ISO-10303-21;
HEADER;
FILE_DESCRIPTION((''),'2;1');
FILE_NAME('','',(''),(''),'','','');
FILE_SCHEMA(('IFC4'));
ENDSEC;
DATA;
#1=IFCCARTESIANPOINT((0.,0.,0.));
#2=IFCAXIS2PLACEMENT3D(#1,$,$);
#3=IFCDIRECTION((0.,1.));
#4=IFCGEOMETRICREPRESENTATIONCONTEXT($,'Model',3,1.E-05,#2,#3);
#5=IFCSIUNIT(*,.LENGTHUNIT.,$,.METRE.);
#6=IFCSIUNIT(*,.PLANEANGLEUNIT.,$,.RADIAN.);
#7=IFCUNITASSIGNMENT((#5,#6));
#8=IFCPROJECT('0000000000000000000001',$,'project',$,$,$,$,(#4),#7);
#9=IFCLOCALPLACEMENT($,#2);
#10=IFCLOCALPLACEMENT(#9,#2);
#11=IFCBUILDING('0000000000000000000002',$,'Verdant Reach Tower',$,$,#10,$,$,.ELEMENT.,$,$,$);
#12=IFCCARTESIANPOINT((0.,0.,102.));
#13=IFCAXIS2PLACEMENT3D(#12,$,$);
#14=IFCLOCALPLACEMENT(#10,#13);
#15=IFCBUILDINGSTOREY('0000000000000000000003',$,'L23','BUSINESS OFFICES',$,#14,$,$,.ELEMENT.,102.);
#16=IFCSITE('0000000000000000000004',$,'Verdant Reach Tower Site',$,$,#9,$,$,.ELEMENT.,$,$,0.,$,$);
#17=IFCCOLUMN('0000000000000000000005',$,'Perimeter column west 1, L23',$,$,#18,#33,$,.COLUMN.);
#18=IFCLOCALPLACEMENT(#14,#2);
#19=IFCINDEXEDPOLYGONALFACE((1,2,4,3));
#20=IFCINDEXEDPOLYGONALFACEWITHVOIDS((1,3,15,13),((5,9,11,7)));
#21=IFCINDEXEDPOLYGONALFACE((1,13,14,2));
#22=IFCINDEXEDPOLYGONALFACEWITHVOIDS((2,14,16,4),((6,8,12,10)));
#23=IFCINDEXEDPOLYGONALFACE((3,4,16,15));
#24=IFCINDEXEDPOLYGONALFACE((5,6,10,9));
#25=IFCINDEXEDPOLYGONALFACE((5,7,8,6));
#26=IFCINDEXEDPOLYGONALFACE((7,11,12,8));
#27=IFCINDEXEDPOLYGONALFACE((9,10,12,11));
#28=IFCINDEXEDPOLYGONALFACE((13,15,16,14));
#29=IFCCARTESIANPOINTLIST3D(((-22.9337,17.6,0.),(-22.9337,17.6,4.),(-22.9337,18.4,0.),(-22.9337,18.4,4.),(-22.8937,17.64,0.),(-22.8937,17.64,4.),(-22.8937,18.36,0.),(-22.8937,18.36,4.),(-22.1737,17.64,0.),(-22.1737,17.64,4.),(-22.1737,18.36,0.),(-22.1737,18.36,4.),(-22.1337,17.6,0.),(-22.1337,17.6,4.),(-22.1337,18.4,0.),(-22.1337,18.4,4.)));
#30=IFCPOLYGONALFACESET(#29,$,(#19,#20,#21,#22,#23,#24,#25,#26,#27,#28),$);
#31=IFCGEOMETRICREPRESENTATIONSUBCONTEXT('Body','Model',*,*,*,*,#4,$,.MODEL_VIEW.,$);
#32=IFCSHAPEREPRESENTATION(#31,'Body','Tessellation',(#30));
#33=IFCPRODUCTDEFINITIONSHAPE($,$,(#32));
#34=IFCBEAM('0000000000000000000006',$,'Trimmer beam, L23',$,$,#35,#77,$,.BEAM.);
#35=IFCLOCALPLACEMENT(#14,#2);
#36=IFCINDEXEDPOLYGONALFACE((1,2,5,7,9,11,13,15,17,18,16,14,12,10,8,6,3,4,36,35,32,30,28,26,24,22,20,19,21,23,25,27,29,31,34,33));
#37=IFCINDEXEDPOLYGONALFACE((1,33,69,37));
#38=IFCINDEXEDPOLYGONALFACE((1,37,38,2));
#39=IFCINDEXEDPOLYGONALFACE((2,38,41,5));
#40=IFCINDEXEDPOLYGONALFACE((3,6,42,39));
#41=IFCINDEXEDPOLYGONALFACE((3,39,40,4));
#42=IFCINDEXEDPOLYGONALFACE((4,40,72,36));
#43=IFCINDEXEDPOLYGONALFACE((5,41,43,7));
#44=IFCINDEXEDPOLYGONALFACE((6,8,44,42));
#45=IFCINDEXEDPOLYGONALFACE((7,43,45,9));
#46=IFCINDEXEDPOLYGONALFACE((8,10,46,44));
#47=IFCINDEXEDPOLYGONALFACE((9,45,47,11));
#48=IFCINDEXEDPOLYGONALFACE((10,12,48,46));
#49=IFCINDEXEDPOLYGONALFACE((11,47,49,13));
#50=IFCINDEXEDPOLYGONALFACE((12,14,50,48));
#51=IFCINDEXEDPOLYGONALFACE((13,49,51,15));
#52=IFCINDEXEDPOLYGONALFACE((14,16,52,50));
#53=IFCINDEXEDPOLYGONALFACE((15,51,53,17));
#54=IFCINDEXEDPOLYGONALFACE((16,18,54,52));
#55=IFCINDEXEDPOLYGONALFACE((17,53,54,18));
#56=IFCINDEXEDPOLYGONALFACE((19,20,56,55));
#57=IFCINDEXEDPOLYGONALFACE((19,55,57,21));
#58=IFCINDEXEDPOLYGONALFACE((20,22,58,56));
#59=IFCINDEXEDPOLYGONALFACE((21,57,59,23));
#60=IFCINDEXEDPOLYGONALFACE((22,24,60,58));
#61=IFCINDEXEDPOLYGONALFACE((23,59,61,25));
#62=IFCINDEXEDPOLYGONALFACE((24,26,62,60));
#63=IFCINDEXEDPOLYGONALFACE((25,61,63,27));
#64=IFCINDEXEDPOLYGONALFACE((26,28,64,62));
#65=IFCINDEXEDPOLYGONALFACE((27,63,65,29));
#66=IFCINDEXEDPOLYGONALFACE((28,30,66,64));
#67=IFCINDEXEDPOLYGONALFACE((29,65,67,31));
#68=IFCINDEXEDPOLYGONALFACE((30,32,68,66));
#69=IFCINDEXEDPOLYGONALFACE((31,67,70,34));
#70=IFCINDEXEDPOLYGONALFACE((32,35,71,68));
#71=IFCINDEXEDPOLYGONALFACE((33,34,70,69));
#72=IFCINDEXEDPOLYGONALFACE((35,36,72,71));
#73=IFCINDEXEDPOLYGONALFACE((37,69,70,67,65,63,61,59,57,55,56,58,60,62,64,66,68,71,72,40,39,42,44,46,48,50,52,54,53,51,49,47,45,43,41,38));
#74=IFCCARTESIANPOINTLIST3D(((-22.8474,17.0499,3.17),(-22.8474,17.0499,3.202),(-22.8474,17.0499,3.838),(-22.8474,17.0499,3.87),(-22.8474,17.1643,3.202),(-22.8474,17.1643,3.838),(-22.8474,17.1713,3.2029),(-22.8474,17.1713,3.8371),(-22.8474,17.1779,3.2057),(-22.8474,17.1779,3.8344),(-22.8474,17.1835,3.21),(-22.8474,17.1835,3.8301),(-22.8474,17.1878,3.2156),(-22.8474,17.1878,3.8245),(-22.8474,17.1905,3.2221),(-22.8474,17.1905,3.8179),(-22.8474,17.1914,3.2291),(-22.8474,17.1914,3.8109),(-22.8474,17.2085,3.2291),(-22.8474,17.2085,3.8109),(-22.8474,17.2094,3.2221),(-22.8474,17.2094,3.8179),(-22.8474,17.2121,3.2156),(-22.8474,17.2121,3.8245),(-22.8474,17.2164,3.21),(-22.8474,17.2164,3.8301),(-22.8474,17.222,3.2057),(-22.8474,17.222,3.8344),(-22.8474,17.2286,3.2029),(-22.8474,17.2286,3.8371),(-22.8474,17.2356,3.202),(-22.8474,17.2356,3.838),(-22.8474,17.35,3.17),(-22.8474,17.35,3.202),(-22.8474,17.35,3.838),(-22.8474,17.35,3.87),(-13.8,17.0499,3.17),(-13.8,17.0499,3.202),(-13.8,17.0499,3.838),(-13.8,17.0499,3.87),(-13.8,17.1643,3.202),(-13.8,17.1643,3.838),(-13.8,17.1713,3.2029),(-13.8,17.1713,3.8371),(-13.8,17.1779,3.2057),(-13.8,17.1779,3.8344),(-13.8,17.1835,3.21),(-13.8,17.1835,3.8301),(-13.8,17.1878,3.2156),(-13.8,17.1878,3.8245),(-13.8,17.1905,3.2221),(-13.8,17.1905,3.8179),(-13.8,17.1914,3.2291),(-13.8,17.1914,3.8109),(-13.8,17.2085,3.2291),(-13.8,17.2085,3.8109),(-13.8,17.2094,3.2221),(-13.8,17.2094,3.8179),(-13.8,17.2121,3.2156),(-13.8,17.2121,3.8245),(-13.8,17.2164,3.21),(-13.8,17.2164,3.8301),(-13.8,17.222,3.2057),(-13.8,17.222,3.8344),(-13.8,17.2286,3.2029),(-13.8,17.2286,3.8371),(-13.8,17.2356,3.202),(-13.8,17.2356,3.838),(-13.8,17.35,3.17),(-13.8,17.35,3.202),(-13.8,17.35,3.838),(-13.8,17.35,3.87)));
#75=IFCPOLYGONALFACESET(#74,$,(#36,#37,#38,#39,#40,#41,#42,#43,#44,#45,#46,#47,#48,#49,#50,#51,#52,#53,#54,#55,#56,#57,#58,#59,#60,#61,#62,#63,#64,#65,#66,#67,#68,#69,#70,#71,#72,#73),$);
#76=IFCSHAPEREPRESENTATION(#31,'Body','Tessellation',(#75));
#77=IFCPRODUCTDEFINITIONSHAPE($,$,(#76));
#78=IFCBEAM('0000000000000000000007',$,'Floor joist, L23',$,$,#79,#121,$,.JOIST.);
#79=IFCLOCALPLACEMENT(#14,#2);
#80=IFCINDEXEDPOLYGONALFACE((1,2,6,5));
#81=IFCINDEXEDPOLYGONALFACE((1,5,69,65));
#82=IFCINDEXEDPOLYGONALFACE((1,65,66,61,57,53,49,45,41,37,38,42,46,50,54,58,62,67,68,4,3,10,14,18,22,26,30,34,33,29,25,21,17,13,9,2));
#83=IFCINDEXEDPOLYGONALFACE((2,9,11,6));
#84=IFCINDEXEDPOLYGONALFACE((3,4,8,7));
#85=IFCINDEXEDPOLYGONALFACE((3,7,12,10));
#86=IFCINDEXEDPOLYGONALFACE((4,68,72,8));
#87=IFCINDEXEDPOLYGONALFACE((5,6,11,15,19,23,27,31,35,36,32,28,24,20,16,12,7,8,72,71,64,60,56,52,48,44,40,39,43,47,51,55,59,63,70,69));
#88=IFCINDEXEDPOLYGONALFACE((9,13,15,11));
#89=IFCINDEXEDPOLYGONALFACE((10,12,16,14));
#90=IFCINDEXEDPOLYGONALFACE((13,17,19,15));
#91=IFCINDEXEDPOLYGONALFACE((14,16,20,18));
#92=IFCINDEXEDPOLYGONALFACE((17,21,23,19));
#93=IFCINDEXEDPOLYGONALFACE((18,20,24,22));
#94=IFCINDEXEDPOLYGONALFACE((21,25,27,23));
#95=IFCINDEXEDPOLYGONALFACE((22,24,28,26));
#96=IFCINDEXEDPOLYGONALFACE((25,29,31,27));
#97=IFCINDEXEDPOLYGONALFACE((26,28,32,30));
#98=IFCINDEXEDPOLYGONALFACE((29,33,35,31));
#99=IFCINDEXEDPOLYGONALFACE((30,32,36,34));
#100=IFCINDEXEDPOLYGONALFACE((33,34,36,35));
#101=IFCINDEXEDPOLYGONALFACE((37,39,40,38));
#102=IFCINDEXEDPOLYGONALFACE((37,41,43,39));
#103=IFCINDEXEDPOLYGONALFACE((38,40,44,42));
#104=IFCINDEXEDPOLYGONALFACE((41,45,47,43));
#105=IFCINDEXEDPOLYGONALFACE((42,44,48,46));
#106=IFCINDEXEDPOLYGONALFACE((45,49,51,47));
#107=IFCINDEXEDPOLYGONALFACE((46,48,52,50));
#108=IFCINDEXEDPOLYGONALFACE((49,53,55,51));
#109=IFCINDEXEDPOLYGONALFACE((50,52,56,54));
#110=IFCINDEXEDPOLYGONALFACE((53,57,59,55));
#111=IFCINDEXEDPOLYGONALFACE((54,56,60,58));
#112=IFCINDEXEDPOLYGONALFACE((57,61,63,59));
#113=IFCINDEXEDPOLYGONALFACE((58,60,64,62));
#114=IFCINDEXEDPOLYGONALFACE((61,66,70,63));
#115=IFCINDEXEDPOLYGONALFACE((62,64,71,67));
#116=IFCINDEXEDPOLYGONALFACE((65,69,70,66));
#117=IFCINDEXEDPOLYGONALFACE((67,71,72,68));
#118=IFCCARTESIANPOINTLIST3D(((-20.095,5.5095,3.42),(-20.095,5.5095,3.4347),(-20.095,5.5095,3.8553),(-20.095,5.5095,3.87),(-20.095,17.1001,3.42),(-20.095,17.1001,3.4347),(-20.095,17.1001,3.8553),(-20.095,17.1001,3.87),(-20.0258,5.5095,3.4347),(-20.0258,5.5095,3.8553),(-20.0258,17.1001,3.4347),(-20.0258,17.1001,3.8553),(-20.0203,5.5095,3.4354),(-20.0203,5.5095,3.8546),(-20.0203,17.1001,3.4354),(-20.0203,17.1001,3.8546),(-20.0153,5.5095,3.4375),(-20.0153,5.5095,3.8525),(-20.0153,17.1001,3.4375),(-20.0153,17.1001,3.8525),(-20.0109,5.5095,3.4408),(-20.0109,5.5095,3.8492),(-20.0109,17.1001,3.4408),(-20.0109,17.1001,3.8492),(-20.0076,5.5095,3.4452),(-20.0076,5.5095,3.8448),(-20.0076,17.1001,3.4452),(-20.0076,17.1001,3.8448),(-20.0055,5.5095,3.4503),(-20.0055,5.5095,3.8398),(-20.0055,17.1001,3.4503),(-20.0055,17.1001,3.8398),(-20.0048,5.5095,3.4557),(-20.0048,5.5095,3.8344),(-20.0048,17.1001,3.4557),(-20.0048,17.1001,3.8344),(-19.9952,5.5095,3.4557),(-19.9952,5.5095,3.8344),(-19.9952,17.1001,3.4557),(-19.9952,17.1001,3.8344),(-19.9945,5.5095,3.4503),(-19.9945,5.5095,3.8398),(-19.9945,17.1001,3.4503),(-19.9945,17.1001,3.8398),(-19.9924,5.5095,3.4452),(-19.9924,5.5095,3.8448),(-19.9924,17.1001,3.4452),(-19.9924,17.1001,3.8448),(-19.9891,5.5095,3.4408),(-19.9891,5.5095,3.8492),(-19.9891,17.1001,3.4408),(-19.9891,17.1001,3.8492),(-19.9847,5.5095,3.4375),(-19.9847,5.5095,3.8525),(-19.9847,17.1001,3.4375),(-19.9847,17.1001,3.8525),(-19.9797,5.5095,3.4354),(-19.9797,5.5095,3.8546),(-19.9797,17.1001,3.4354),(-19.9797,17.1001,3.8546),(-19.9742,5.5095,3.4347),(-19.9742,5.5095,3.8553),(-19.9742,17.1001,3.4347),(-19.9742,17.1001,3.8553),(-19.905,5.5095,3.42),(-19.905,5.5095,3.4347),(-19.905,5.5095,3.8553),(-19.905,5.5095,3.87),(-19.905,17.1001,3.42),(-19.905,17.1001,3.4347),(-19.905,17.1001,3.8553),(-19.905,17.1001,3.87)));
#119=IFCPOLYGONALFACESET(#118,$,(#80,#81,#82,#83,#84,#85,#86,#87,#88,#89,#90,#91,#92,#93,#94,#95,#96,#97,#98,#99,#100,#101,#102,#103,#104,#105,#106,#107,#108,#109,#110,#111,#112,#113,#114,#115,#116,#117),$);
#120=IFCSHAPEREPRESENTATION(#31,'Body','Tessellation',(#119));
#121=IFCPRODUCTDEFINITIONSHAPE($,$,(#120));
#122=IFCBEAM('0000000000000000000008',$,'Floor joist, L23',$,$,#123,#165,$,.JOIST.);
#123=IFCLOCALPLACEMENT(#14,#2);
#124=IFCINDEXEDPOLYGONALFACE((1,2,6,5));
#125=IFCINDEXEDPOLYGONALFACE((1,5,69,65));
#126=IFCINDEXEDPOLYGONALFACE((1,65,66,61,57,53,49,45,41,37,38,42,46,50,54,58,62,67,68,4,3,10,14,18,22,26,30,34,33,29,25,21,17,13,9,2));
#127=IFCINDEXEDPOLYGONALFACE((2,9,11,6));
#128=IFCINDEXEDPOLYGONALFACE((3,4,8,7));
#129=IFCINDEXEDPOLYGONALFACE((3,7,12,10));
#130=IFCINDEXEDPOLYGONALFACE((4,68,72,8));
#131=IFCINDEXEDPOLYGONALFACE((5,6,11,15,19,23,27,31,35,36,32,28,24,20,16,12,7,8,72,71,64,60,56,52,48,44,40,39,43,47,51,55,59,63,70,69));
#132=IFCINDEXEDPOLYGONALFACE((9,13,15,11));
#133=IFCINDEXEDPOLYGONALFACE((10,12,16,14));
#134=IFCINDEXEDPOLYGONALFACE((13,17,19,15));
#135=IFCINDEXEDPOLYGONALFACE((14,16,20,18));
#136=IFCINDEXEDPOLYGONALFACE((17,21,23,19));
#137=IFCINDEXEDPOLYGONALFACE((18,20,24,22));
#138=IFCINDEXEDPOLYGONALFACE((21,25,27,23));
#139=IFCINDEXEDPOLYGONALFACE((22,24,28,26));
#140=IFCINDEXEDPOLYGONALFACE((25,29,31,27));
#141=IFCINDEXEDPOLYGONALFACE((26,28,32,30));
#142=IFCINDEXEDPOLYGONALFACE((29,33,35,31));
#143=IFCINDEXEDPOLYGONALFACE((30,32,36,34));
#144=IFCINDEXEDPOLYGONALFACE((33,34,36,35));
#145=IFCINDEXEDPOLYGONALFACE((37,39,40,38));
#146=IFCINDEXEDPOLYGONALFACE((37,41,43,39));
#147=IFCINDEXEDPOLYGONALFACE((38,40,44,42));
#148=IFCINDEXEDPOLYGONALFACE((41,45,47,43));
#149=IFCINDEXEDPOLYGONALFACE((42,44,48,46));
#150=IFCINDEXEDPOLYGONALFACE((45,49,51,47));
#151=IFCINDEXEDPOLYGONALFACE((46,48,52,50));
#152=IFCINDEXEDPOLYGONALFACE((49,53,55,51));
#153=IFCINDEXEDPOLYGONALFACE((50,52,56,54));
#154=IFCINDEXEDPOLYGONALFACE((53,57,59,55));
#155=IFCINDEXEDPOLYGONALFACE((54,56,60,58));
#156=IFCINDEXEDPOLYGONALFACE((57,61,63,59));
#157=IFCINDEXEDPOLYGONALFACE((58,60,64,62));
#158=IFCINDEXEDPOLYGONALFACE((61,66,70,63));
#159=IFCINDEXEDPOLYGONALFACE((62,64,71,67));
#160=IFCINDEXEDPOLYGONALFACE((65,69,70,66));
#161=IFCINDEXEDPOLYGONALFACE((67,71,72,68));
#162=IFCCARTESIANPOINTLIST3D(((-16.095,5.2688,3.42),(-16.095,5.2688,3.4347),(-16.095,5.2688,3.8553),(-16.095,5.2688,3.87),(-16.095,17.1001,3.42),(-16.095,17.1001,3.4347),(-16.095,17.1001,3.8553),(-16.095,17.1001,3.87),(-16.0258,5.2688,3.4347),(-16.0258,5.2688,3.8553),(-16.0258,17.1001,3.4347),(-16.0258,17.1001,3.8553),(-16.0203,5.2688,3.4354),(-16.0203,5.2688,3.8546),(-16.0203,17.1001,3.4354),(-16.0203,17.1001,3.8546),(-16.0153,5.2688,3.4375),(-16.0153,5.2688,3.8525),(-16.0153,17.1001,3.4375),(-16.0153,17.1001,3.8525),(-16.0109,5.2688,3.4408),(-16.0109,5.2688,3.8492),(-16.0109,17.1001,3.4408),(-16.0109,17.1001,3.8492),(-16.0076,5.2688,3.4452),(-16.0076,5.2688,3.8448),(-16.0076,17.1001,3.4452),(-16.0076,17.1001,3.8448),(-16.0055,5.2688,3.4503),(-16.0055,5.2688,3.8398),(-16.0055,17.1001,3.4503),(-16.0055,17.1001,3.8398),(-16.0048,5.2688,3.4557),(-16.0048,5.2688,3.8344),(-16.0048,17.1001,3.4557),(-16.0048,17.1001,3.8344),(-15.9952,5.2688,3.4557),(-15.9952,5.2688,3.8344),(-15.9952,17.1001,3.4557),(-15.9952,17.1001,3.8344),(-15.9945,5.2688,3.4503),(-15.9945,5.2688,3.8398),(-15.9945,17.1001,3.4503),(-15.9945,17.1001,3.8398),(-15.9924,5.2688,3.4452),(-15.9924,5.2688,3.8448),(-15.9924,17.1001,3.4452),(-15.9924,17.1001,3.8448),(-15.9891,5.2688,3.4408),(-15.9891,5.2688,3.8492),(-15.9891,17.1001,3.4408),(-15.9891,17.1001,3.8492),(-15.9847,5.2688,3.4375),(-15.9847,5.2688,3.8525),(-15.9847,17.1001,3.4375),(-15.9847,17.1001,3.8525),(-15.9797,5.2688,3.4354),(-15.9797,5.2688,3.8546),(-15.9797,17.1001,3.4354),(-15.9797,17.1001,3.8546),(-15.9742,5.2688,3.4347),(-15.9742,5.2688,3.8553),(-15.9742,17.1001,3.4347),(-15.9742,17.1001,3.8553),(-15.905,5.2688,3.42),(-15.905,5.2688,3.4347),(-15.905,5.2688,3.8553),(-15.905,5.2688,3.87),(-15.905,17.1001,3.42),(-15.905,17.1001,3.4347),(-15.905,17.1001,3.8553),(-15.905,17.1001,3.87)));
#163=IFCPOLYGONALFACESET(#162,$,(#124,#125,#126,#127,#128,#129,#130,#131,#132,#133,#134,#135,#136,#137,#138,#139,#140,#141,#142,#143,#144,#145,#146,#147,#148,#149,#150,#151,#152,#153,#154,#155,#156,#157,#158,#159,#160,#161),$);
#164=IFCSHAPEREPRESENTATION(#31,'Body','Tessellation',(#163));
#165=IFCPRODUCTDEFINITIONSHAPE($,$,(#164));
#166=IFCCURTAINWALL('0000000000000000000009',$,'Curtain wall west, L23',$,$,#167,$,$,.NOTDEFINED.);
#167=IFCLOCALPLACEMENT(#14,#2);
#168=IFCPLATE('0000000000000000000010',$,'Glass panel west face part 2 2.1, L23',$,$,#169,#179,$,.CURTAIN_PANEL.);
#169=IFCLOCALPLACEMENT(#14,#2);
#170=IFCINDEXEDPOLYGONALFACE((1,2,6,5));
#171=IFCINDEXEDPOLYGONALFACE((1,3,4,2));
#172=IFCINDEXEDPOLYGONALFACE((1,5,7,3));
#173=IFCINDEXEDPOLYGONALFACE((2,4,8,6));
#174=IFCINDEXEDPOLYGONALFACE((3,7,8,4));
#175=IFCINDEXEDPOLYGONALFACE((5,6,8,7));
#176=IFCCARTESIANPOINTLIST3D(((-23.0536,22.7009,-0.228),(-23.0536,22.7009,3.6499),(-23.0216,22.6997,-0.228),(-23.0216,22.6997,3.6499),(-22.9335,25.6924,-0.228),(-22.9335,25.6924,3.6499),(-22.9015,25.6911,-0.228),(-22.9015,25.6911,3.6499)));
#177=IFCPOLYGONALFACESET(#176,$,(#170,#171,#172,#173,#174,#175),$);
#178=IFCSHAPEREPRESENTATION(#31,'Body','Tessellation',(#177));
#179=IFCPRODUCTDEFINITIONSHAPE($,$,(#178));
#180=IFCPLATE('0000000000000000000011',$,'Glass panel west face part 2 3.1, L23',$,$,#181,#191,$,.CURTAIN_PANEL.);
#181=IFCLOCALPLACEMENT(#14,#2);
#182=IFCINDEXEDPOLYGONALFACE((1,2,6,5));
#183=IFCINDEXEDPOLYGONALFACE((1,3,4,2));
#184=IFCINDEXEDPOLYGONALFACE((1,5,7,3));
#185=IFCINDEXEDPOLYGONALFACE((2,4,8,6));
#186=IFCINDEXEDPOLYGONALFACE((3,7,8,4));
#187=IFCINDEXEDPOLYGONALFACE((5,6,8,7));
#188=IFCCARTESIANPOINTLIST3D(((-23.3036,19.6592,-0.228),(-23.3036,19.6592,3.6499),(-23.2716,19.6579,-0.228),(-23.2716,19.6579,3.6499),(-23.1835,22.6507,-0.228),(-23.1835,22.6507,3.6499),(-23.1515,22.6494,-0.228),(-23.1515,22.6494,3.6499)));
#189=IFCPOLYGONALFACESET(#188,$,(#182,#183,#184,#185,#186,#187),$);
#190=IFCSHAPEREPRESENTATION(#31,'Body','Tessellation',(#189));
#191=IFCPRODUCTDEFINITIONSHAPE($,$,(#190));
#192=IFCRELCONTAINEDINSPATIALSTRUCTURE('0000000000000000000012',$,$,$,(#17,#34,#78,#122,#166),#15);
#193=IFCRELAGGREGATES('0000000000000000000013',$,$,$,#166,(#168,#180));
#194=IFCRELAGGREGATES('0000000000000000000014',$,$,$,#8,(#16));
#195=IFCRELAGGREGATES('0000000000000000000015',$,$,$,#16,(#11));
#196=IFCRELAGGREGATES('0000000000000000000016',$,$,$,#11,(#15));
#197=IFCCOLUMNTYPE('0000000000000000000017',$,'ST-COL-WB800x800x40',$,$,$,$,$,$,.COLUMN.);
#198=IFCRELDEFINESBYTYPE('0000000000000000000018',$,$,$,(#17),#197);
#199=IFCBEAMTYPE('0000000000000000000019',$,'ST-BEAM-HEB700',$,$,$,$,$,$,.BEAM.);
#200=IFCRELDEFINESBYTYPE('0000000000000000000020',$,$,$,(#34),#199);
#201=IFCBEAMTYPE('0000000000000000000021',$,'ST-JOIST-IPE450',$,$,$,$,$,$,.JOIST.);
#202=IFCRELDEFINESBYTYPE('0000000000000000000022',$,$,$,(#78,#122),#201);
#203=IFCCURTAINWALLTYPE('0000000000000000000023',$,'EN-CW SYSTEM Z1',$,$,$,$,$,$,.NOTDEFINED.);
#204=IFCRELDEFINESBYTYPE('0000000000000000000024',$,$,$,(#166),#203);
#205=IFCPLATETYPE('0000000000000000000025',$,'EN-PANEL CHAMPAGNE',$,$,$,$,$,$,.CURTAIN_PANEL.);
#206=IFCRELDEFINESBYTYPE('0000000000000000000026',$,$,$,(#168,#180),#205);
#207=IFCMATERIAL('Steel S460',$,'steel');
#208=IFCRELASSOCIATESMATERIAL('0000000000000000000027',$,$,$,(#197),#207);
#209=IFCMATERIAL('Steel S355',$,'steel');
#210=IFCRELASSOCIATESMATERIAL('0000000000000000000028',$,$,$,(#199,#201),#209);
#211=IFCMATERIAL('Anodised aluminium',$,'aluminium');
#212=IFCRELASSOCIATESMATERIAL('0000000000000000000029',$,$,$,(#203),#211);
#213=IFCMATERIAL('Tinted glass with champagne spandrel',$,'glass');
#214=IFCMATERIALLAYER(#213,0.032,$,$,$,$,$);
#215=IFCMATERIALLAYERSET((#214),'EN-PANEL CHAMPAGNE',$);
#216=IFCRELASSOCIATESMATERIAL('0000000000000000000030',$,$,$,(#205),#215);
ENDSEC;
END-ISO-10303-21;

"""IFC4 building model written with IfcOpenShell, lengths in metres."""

from ifc_helpers import new_model, si_unit, direction, frame, origin, origin_2d, place, context, subcontext, project, spatial, rectangle, hollow_rectangle, i_section, extrude, material, layer, layer_set, material_profile, profile_set, type_object, element, aggregate, save


model = new_model("IFC4")

# Units and contexts
model_context = context("Model", 3, precision=1e-05, world=origin(), true_north=direction((0.0, 1.0)))
body_context = subcontext(model_context, "Body", "Model", "MODEL_VIEW")
ifc_project = project(units=[si_unit("LENGTHUNIT", "METRE"), si_unit("PLANEANGLEUNIT", "RADIAN")], contexts=[model_context])

# Site, building, storey
site_placement = place(None, origin())
site = spatial("IfcSite", under=ifc_project, at=site_placement, Name="Verdant Reach Tower Site", CompositionType="ELEMENT", RefElevation=0.0)
building_placement = place(site_placement, origin())
building = spatial("IfcBuilding", under=site, at=building_placement, Name="Verdant Reach Tower", CompositionType="ELEMENT")
storey_placement = place(building_placement, frame((0.0, 0.0, 102.0)))
storey = spatial("IfcBuildingStorey", under=building, at=storey_placement, Name="L23", Description="BUSINESS OFFICES", CompositionType="ELEMENT", Elevation=102.0)

# Column
ifc_material_1 = material(Name="Steel S460", Category="steel")
ifc_material_profile_1 = material_profile(ifc_material_1, hollow_rectangle(XDim=0.8, YDim=0.8, WallThickness=0.04, at=origin_2d()), Name="WB 800x800x40")
ifc_profile_set_1 = profile_set([ifc_material_profile_1], Name="Steel S460")
column_type = type_object("IfcColumnType", Name="ST-COL-WB800x800x40", PredefinedType="COLUMN", material=ifc_profile_set_1)
column_placement = place(storey_placement, frame((-22.5337, 18.0, 0.0), z_axis=(0.0, 0.0, 1.0), x_axis=(1.0, 0.0, 0.0)))
element("IfcColumn", 1, at=column_placement, inside=storey, type_object=column_type, Name="Perimeter column west 1, L23", PredefinedType="COLUMN", context=body_context, shape_type="SweptSolid", body=[
    extrude(hollow_rectangle(XDim=0.8, YDim=0.8, WallThickness=0.04, at=origin_2d()), origin(), (0.0, 0.0, 1.0), 4.0),
])

# Beams
ifc_material_2 = material(Name="Steel S355", Category="steel")
ifc_material_profile_2 = material_profile(ifc_material_2, i_section(OverallWidth=0.3, OverallDepth=0.7, WebThickness=0.0171, FlangeThickness=0.032, FilletRadius=0.0271, at=origin_2d()), Name="HEB 700")
ifc_profile_set_2 = profile_set([ifc_material_profile_2], Name="Steel S355")
beam_type_1 = type_object("IfcBeamType", Name="ST-BEAM-HEB700", PredefinedType="BEAM", material=ifc_profile_set_2)
beam_1_placement = place(storey_placement, frame((-13.8, 17.2, 3.52), z_axis=(-1.0, 0.0, 0.0), x_axis=(0.0, -1.0, 0.0)))
element("IfcBeam", 2, at=beam_1_placement, inside=storey, type_object=beam_type_1, Name="Trimmer beam, L23", PredefinedType="BEAM", context=body_context, shape_type="SweptSolid", body=[
    extrude(i_section(OverallWidth=0.3, OverallDepth=0.7, WebThickness=0.0171, FlangeThickness=0.032, FilletRadius=0.0271, at=origin_2d()), origin(), (0.0, 0.0, 1.0), 9.0474),
])
ifc_material_profile_3 = material_profile(ifc_material_2, i_section(OverallWidth=0.1899, OverallDepth=0.45, WebThickness=0.0095, FlangeThickness=0.0146, FilletRadius=0.021, at=origin_2d()), Name="IPE 450")
ifc_profile_set_3 = profile_set([ifc_material_profile_3], Name="Steel S355")
beam_type_2 = type_object("IfcBeamType", Name="ST-JOIST-IPE450", PredefinedType="JOIST", material=ifc_profile_set_3)
beam_2_placement = place(storey_placement, frame((-20.0, 17.1001, 3.645), z_axis=(0.0, -1.0, 0.0), x_axis=(1.0, 0.0, 0.0)))
element("IfcBeam", 3, at=beam_2_placement, inside=storey, type_object=beam_type_2, Name="Floor joist, L23", PredefinedType="JOIST", context=body_context, shape_type="SweptSolid", body=[
    extrude(i_section(OverallWidth=0.1899, OverallDepth=0.45, WebThickness=0.0095, FlangeThickness=0.0146, FilletRadius=0.021, at=origin_2d()), origin(), (0.0, 0.0, 1.0), 11.5906),
])
beam_3_placement = place(storey_placement, frame((-16.0, 17.1001, 3.645), z_axis=(0.0, -1.0, 0.0), x_axis=(1.0, 0.0, 0.0)))
element("IfcBeam", 4, at=beam_3_placement, inside=storey, type_object=beam_type_2, Name="Floor joist, L23", PredefinedType="JOIST", context=body_context, shape_type="SweptSolid", body=[
    extrude(i_section(OverallWidth=0.1899, OverallDepth=0.45, WebThickness=0.0095, FlangeThickness=0.0146, FilletRadius=0.021, at=origin_2d()), origin(), (0.0, 0.0, 1.0), 11.8313),
])

# Curtain wall, plates
ifc_material_3 = material(Name="Anodised aluminium", Category="aluminium")
curtain_wall_type = type_object("IfcCurtainWallType", Name="EN-CW SYSTEM Z1", PredefinedType="NOTDEFINED", material=ifc_material_3)
curtain_wall_placement = place(storey_placement, origin())
curtain_wall = element("IfcCurtainWall", 5, at=curtain_wall_placement, inside=storey, type_object=curtain_wall_type, Name="Curtain wall west, L23", PredefinedType="NOTDEFINED")
ifc_material_4 = material(Name="Tinted glass with champagne spandrel", Category="glass")
ifc_layer_1 = layer(ifc_material_4, 0.032)
ifc_layer_set_1 = layer_set([ifc_layer_1], Name="EN-PANEL CHAMPAGNE")
plate_type_1 = type_object("IfcPlateType", Name="EN-PANEL CHAMPAGNE", PredefinedType="CURTAIN_PANEL", material=ifc_layer_set_1)
plate_1_placement = place(storey_placement, frame((-22.9775, 24.196, -0.228), z_axis=(0.0, 0.0, 1.0), x_axis=(-0.040109, -0.999195, 0.0)))
plate_1 = element("IfcPlate", 6, at=plate_1_placement, type_object=plate_type_1, Name="Glass panel west face part 2 2.1, L23", PredefinedType="CURTAIN_PANEL", context=body_context, shape_type="SweptSolid", body=[
    extrude(rectangle(XDim=2.9939, YDim=0.032, at=origin_2d()), origin(), (0.0, 0.0, 1.0), 3.8779),
])
plate_2_placement = place(storey_placement, frame((-23.2275, 21.1543, -0.228), z_axis=(0.0, 0.0, 1.0), x_axis=(-0.040109, -0.999195, 0.0)))
plate_2 = element("IfcPlate", 7, at=plate_2_placement, type_object=plate_type_1, Name="Glass panel west face part 2 3.1, L23", PredefinedType="CURTAIN_PANEL", context=body_context, shape_type="SweptSolid", body=[
    extrude(rectangle(XDim=2.9939, YDim=0.032, at=origin_2d()), origin(), (0.0, 0.0, 1.0), 3.8779),
])
aggregate(curtain_wall, [plate_1, plate_2])

save(model, "model.ifc")
